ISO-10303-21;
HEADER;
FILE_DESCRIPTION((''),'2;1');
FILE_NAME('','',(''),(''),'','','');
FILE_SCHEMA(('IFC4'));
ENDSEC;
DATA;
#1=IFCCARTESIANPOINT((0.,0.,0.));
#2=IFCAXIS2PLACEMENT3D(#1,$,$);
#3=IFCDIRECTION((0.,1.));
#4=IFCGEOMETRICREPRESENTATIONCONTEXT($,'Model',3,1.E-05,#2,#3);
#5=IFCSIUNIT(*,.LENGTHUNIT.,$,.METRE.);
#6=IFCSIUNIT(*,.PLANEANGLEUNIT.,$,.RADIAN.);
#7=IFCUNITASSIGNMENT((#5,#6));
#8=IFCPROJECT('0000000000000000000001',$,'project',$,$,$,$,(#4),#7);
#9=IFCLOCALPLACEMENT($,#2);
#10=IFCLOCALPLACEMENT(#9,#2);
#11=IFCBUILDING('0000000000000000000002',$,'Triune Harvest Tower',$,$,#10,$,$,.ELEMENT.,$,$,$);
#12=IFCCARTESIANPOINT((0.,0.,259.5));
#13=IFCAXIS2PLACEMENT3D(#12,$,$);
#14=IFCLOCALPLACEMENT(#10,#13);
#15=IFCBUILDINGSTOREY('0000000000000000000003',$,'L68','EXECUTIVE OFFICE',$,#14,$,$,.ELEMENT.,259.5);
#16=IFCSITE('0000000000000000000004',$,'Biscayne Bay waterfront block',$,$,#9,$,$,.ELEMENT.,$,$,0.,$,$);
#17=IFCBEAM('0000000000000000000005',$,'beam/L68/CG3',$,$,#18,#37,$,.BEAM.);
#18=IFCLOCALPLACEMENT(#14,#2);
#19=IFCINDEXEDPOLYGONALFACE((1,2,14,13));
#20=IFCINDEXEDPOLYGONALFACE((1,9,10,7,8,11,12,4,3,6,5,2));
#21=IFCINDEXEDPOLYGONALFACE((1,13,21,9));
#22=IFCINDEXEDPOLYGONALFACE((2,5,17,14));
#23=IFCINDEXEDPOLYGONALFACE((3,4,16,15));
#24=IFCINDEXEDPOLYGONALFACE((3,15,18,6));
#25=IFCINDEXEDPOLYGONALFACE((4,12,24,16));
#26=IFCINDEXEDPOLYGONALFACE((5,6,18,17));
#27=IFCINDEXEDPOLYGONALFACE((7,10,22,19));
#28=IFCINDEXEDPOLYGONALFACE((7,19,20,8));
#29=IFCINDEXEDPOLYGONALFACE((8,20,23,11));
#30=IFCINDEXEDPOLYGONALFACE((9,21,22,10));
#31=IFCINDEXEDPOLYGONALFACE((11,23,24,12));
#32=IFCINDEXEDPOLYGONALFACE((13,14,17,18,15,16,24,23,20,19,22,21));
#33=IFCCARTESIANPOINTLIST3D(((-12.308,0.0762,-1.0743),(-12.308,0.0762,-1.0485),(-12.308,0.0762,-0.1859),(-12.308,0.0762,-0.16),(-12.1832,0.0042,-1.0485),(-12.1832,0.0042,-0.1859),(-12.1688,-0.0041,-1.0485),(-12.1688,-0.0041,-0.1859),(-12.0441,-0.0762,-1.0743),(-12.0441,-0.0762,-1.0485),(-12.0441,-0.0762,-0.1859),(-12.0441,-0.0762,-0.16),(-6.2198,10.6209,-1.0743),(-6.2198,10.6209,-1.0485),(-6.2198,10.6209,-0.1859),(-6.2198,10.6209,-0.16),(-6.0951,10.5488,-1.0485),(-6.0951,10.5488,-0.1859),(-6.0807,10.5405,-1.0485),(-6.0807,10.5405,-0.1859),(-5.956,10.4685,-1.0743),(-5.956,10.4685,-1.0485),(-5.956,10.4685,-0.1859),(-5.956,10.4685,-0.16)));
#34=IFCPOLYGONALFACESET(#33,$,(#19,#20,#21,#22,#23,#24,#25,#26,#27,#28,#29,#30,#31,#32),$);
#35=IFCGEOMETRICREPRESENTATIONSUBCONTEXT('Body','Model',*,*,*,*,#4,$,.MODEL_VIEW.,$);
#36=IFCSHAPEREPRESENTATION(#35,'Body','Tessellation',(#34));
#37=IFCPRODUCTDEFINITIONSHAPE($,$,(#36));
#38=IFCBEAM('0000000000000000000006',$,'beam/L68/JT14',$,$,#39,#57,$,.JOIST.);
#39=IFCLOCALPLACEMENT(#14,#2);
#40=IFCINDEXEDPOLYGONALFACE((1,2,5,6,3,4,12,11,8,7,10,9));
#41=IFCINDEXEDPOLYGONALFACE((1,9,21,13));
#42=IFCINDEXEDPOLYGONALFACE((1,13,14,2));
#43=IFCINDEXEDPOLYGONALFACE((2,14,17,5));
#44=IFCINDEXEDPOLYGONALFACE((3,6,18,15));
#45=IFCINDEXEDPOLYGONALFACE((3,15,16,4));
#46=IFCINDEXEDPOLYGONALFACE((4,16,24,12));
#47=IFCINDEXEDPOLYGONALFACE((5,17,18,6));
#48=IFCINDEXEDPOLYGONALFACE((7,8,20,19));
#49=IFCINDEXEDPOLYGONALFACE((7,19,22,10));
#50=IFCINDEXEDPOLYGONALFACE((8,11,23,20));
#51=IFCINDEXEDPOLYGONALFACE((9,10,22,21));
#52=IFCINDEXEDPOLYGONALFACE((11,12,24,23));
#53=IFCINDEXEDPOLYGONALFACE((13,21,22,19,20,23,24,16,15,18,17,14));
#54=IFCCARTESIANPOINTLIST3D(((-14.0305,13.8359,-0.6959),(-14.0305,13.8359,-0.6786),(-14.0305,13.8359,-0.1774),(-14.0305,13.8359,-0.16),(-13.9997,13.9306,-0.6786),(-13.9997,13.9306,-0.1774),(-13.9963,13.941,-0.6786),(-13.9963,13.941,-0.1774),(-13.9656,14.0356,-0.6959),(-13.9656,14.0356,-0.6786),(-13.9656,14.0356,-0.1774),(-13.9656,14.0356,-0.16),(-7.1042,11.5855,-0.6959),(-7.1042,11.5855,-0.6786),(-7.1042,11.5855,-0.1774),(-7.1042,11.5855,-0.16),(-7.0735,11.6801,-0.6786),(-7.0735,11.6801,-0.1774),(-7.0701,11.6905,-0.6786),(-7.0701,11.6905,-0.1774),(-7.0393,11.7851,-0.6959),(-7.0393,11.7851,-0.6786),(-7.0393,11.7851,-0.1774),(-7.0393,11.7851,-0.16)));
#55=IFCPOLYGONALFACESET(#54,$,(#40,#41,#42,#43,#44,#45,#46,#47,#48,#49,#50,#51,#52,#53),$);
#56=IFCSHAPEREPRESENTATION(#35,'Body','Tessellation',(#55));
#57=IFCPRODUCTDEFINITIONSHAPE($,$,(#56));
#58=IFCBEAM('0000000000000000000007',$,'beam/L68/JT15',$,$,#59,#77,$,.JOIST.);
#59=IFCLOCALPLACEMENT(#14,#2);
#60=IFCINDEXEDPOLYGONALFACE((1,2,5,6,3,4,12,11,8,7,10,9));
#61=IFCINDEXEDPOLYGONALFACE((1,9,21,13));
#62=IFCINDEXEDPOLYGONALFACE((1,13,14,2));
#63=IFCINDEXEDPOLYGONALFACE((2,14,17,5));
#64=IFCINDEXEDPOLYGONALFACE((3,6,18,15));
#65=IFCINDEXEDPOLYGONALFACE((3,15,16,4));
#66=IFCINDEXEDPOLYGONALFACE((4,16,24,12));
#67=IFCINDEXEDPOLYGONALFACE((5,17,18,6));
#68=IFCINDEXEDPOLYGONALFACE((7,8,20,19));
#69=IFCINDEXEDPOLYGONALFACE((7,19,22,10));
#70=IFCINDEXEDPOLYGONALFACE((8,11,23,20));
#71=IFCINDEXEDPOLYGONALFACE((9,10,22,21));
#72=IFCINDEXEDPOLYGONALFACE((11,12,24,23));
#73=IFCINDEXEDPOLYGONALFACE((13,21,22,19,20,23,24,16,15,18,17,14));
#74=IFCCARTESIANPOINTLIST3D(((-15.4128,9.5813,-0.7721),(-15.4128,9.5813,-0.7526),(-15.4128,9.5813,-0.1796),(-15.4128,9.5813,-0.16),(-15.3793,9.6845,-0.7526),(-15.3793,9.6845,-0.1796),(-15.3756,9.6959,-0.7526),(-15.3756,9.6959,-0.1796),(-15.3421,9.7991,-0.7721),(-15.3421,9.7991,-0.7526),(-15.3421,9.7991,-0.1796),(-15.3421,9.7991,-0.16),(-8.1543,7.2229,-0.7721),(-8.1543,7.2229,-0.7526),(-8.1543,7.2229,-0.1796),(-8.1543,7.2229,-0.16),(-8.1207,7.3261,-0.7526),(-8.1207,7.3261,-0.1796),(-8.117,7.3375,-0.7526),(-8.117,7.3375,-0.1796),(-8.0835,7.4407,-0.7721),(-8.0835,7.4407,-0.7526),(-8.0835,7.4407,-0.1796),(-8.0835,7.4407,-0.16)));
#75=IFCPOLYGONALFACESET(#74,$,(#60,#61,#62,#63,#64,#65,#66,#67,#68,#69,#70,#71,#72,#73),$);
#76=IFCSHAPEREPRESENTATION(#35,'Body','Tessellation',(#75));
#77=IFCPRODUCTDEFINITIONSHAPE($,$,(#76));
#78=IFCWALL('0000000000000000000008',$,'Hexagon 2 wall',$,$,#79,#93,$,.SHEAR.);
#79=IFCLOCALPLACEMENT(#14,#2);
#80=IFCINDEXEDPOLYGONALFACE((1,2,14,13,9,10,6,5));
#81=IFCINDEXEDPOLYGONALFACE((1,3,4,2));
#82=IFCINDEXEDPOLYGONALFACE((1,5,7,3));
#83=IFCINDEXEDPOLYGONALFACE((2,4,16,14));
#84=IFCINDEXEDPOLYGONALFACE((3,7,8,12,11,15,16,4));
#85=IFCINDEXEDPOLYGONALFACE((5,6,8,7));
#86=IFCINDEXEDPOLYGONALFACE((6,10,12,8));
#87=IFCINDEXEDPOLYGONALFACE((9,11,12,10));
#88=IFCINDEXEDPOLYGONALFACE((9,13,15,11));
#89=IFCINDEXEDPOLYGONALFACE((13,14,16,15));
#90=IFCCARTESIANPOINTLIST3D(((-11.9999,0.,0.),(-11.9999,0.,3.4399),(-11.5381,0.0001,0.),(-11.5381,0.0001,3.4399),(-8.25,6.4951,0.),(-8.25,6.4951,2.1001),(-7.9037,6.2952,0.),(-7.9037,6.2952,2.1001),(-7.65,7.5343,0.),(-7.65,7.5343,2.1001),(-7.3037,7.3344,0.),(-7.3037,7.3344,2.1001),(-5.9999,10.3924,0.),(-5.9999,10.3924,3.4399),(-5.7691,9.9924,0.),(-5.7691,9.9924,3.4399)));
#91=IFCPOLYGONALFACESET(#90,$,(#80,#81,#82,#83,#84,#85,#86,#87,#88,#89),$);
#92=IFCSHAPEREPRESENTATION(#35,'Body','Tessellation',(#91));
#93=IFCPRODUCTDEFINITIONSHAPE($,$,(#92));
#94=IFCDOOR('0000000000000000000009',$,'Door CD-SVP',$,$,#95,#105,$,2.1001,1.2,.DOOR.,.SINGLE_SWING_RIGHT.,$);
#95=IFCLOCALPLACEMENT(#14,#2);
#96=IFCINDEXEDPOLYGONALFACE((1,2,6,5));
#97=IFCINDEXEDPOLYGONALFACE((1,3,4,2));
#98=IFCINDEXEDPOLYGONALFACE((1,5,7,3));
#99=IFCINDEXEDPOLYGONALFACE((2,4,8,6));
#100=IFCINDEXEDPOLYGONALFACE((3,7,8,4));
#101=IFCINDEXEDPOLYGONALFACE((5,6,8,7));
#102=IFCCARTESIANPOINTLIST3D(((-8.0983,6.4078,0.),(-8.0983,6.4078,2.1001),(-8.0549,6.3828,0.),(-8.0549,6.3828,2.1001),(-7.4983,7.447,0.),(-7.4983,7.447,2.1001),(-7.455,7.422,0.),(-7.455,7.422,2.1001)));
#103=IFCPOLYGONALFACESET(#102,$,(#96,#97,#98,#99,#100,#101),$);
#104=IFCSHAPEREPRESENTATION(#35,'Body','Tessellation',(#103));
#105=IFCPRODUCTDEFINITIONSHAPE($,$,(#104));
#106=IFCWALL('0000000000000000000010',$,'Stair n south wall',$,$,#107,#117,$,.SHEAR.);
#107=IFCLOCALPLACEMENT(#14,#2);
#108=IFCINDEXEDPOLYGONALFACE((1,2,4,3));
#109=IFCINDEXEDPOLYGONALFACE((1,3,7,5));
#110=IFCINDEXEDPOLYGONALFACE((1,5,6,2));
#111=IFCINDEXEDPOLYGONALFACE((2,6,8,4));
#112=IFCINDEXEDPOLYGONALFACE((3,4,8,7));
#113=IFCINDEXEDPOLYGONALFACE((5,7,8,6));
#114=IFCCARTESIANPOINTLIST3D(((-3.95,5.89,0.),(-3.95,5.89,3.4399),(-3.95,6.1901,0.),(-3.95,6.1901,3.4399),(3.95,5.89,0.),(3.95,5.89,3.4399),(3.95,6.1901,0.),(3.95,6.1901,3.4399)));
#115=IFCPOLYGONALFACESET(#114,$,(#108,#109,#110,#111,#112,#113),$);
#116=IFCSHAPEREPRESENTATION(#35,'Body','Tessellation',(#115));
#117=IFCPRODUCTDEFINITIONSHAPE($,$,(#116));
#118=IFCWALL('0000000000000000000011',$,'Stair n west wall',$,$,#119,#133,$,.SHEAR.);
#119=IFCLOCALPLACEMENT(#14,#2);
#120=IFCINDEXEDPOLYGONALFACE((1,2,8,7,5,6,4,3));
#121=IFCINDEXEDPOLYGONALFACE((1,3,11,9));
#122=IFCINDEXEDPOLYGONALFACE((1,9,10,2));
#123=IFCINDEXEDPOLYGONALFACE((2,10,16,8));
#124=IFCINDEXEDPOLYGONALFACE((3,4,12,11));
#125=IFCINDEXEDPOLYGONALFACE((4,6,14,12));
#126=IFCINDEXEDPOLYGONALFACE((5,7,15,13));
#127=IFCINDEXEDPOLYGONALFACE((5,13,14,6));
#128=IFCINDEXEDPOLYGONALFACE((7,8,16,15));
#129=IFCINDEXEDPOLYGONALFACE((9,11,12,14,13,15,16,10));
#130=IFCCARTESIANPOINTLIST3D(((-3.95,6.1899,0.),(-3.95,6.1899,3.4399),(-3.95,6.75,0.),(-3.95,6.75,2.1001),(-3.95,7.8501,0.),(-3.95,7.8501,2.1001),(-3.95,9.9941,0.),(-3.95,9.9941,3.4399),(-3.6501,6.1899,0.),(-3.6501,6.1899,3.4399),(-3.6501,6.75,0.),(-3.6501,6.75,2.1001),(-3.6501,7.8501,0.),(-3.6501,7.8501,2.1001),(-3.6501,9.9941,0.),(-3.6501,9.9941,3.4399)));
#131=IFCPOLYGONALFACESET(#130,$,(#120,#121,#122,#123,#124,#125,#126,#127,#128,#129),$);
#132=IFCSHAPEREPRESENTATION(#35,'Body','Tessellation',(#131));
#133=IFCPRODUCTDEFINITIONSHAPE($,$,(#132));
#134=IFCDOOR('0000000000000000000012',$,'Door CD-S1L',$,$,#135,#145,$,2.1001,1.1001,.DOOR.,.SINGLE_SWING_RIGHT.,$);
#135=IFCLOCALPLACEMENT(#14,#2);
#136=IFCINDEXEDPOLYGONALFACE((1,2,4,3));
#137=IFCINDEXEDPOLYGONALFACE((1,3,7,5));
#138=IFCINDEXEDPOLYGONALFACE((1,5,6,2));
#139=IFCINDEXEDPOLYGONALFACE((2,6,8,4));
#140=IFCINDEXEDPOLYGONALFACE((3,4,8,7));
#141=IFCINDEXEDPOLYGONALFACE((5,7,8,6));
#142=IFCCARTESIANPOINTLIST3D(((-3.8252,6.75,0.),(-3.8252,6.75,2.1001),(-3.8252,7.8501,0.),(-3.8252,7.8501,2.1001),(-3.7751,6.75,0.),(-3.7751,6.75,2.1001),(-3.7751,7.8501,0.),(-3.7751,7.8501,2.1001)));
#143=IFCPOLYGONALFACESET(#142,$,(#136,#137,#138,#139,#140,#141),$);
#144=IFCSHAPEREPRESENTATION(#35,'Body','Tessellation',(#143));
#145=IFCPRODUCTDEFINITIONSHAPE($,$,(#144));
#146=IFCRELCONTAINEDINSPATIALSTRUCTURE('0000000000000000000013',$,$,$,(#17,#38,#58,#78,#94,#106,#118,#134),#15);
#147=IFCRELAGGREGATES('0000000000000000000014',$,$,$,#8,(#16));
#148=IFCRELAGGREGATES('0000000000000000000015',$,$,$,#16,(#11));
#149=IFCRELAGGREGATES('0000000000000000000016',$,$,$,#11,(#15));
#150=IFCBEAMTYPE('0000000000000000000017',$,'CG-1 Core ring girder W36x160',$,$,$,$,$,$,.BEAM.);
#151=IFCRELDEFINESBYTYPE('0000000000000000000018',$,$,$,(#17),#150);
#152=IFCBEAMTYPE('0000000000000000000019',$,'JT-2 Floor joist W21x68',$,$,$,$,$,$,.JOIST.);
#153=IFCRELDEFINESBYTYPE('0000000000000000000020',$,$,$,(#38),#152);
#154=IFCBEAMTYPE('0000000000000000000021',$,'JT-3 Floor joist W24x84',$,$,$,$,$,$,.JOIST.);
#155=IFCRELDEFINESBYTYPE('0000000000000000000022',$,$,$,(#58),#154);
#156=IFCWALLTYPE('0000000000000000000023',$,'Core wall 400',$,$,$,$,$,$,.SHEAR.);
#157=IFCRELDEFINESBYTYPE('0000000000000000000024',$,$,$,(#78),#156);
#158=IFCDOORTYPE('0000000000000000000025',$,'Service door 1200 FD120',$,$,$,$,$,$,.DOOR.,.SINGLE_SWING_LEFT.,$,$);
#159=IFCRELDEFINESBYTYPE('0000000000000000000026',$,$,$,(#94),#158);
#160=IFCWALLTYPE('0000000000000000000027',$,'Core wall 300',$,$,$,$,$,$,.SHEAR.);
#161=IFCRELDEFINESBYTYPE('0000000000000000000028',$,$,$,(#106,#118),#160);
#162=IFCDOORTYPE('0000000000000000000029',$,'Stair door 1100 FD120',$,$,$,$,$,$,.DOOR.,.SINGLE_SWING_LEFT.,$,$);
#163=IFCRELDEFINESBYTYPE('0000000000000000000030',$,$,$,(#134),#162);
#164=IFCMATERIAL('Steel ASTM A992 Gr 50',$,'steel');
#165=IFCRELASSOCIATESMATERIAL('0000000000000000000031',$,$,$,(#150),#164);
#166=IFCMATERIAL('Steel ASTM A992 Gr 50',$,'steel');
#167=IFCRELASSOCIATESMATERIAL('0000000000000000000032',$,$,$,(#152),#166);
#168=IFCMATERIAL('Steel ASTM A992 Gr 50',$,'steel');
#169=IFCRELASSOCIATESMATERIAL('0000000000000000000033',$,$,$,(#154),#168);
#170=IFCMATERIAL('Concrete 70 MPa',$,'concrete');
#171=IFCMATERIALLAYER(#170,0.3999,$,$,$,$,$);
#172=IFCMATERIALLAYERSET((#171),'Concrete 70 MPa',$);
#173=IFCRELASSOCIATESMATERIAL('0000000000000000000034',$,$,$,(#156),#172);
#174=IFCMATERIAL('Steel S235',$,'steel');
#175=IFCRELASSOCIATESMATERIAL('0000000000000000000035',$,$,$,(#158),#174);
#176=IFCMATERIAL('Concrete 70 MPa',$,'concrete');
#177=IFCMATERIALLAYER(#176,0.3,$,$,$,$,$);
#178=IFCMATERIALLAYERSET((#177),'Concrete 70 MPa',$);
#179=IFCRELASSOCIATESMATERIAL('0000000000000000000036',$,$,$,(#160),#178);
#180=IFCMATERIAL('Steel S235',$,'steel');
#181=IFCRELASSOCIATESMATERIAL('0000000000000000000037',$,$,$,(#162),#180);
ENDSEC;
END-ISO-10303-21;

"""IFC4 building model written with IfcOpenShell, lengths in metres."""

from ifc_helpers import new_model, si_unit, direction, frame, frame_2d, origin, origin_2d, place, context, subcontext, project, spatial, polyline, rectangle, i_section, outline, extrude, source, transform, mapped, material, layer, layer_set, material_profile, profile_set, type_object, element, fill, save


model = new_model("IFC4")

# Units and contexts
model_context = context("Model", 3, precision=1e-05, world=origin(), true_north=direction((0.0, 1.0)))
body_context = subcontext(model_context, "Body", "Model", "MODEL_VIEW")
ifc_project = project(units=[si_unit("LENGTHUNIT", "METRE"), si_unit("PLANEANGLEUNIT", "RADIAN")], contexts=[model_context])

# Site, building, storey
site_placement = place(None, origin())
site = spatial("IfcSite", under=ifc_project, at=site_placement, Name="Biscayne Bay waterfront block", CompositionType="ELEMENT", RefElevation=0.0)
building_placement = place(site_placement, origin())
building = spatial("IfcBuilding", under=site, at=building_placement, Name="Triune Harvest Tower", CompositionType="ELEMENT")
storey_placement = place(building_placement, frame((0.0, 0.0, 259.5)))
storey = spatial("IfcBuildingStorey", under=building, at=storey_placement, Name="L68", Description="EXECUTIVE OFFICE", CompositionType="ELEMENT", Elevation=259.5)

# Beams
ifc_material_1 = material(Name="Steel ASTM A992 Gr 50", Category="steel")
ifc_material_profile_1 = material_profile(ifc_material_1, i_section(OverallWidth=0.3047, OverallDepth=0.9143, WebThickness=0.0166, FlangeThickness=0.0259, at=origin_2d()), Name="W36x160")
ifc_profile_set_1 = profile_set([ifc_material_profile_1], Name="Steel ASTM A992 Gr 50")
beam_type_1 = type_object("IfcBeamType", Name="CG-1 Core ring girder W36x160", PredefinedType="BEAM", material=ifc_profile_set_1)
shared_shape_1 = source(origin(), body_context, "Body", "SweptSolid", [
    extrude(i_section(OverallWidth=0.3047, OverallDepth=0.9143, WebThickness=0.0166, FlangeThickness=0.0259, at=origin_2d()), origin(), (0.0, 0.0, 1.0), 12.176),
])
beam_1_placement = place(storey_placement, frame((-6.0879, 10.5447, -0.6172), z_axis=(-0.50001, -0.86602, 0.0), x_axis=(0.86602, -0.50001, 0.0)))
element("IfcBeam", 1, at=beam_1_placement, inside=storey, type_object=beam_type_1, Name="beam/L68/CG3", PredefinedType="BEAM", context=body_context, shape_type="MappedRepresentation", body=[
    mapped(shared_shape_1, transform((0.0, 0.0, 0.0), scale=1.0)),
])
ifc_material_2 = material(Name="Steel ASTM A992 Gr 50", Category="steel")
ifc_material_profile_2 = material_profile(ifc_material_2, i_section(OverallWidth=0.21, OverallDepth=0.5359, WebThickness=0.011, FlangeThickness=0.0173, at=origin_2d()), Name="W21x68")
ifc_profile_set_2 = profile_set([ifc_material_profile_2], Name="Steel ASTM A992 Gr 50")
beam_type_2 = type_object("IfcBeamType", Name="JT-2 Floor joist W21x68", PredefinedType="JOIST", material=ifc_profile_set_2)
shared_shape_2 = source(origin(), body_context, "Body", "SweptSolid", [
    extrude(i_section(OverallWidth=0.21, OverallDepth=0.5359, WebThickness=0.011, FlangeThickness=0.0173, at=origin_2d()), origin(), (0.0, 0.0, 1.0), 7.2827),
])
beam_2_placement = place(storey_placement, frame((-13.998, 13.9358, -0.428), z_axis=(0.951056, -0.309018, 0.0), x_axis=(0.309018, 0.951056, 0.0)))
element("IfcBeam", 2, at=beam_2_placement, inside=storey, type_object=beam_type_2, Name="beam/L68/JT14", PredefinedType="JOIST", context=body_context, shape_type="MappedRepresentation", body=[
    mapped(shared_shape_2, transform((0.0, 0.0, 0.0), scale=1.0)),
])
ifc_material_3 = material(Name="Steel ASTM A992 Gr 50", Category="steel")
ifc_material_profile_3 = material_profile(ifc_material_3, i_section(OverallWidth=0.229, OverallDepth=0.6121, WebThickness=0.012, FlangeThickness=0.0195, at=origin_2d()), Name="W24x84")
ifc_profile_set_3 = profile_set([ifc_material_profile_3], Name="Steel ASTM A992 Gr 50")
beam_type_3 = type_object("IfcBeamType", Name="JT-3 Floor joist W24x84", PredefinedType="JOIST", material=ifc_profile_set_3)
shared_shape_3 = source(origin(), body_context, "Body", "SweptSolid", [
    extrude(i_section(OverallWidth=0.229, OverallDepth=0.6121, WebThickness=0.012, FlangeThickness=0.0195, at=origin_2d()), origin(), (0.0, 0.0, 1.0), 7.6321),
])
beam_3_placement = place(storey_placement, frame((-15.3774, 9.6902, -0.4661), z_axis=(0.951058, -0.309012, 0.0), x_axis=(0.309012, 0.951058, 0.0)))
element("IfcBeam", 3, at=beam_3_placement, inside=storey, type_object=beam_type_3, Name="beam/L68/JT15", PredefinedType="JOIST", context=body_context, shape_type="MappedRepresentation", body=[
    mapped(shared_shape_3, transform((0.0, 0.0, 0.0), scale=1.0)),
])

# Wall, opening, door
ifc_material_4 = material(Name="Concrete 70 MPa", Category="concrete")
ifc_layer_1 = layer(ifc_material_4, 0.3999)
ifc_layer_set_1 = layer_set([ifc_layer_1], Name="Concrete 70 MPa")
wall_type_1 = type_object("IfcWallType", Name="Core wall 400", PredefinedType="SHEAR", material=ifc_layer_set_1)
shared_shape_4 = source(origin(), body_context, "Body", "SweptSolid", [
    extrude(outline(polyline([(-0.1155, -0.2), (11.8845, -0.2), (11.6536, 0.2), (0.1155, 0.2), (-0.1155, -0.2)])), origin(), (0.0, 0.0, 1.0), 3.4399),
])
wall_1_placement = place(storey_placement, frame((-5.8845, 10.1924, 0.0), z_axis=(0.0, 0.0, 1.0), x_axis=(-0.499997, -0.866027, 0.0)))
wall_1 = element("IfcWall", 4, at=wall_1_placement, inside=storey, type_object=wall_type_1, Name="Hexagon 2 wall", PredefinedType="SHEAR", context=body_context, shape_type="MappedRepresentation", body=[
    mapped(shared_shape_4, transform((0.0, 0.0, 0.0), scale=1.0)),
])
opening_1_placement = place(wall_1_placement, frame((3.1846, 0.0, 0.0)))
opening_1 = element("IfcOpeningElement", 5, at=opening_1_placement, cuts=wall_1, PredefinedType="OPENING", context=body_context, shape_type="SweptSolid", body=[
    extrude(rectangle(XDim=1.2, YDim=2.1001, at=frame_2d((0.6001, 1.05))), frame((0.0, 0.21, 0.0), z_axis=(0.0, -1.0, 0.0), x_axis=(1.0, 0.0, 0.0)), (0.0, 0.0, 1.0), 0.4199),
])
ifc_material_5 = material(Name="Steel S235", Category="steel")
door_type_1 = type_object("IfcDoorType", Name="Service door 1200 FD120", OperationType="SINGLE_SWING_LEFT", PredefinedType="DOOR", material=ifc_material_5)
door_1_placement = place(opening_1_placement, frame((1.2, 0.0, 0.0), z_axis=(0.0, 0.0, 1.0), x_axis=(-1.0, 0.0, 0.0)))
door_1 = element("IfcDoor", 6, at=door_1_placement, inside=storey, type_object=door_type_1, Name="Door CD-SVP", OperationType="SINGLE_SWING_RIGHT", OverallHeight=2.1001, OverallWidth=1.2, PredefinedType="DOOR", context=body_context, shape_type="SweptSolid", body=[
    extrude(rectangle(XDim=1.2, YDim=2.1001, at=frame_2d((0.6001, 1.05))), frame((0.0, 0.0249, 0.0), z_axis=(0.0, -1.0, 0.0), x_axis=(1.0, 0.0, 0.0)), (0.0, 0.0, 1.0), 0.05),
])
fill(opening_1, door_1)

# Wall
ifc_material_6 = material(Name="Concrete 70 MPa", Category="concrete")
ifc_layer_2 = layer(ifc_material_6, 0.3)
ifc_layer_set_2 = layer_set([ifc_layer_2], Name="Concrete 70 MPa")
wall_type_2 = type_object("IfcWallType", Name="Core wall 300", PredefinedType="SHEAR", material=ifc_layer_set_2)
shared_shape_5 = source(origin(), body_context, "Body", "SweptSolid", [
    extrude(rectangle(XDim=7.8999, YDim=0.3, at=frame_2d((3.95, 0.0))), origin(), (0.0, 0.0, 1.0), 3.4399),
])
wall_2_placement = place(storey_placement, frame((-3.95, 6.04, 0.0), z_axis=(0.0, 0.0, 1.0), x_axis=(1.0, 0.0, 0.0)))
element("IfcWall", 7, at=wall_2_placement, inside=storey, type_object=wall_type_2, Name="Stair n south wall", PredefinedType="SHEAR", context=body_context, shape_type="MappedRepresentation", body=[
    mapped(shared_shape_5, transform((0.0, 0.0, 0.0), scale=1.0)),
])

# Wall, opening, door
shared_shape_6 = source(origin(), body_context, "Body", "SweptSolid", [
    extrude(outline(polyline([(0.0, -0.1499), (0.0, 0.1499), (3.8042, 0.1499), (3.8042, -0.1499), (0.0, -0.1499)])), origin(), (0.0, 0.0, 1.0), 3.4399),
])
wall_3_placement = place(storey_placement, frame((-3.8, 6.1899, 0.0), z_axis=(0.0, 0.0, 1.0), x_axis=(0.0, 1.0, 0.0)))
wall_3 = element("IfcWall", 8, at=wall_3_placement, inside=storey, type_object=wall_type_2, Name="Stair n west wall", PredefinedType="SHEAR", context=body_context, shape_type="MappedRepresentation", body=[
    mapped(shared_shape_6, transform((0.0, 0.0, 0.0), scale=1.0)),
])
opening_2_placement = place(wall_3_placement, frame((0.5601, 0.0, 0.0)))
opening_2 = element("IfcOpeningElement", 9, at=opening_2_placement, cuts=wall_3, PredefinedType="OPENING", context=body_context, shape_type="SweptSolid", body=[
    extrude(rectangle(XDim=1.1001, YDim=2.1001, at=frame_2d((0.55, 1.05))), frame((0.0, 0.1602, 0.0), z_axis=(0.0, -1.0, 0.0), x_axis=(1.0, 0.0, 0.0)), (0.0, 0.0, 1.0), 0.3201),
])
ifc_material_7 = material(Name="Steel S235", Category="steel")
door_type_2 = type_object("IfcDoorType", Name="Stair door 1100 FD120", OperationType="SINGLE_SWING_LEFT", PredefinedType="DOOR", material=ifc_material_7)
door_2_placement = place(opening_2_placement, frame((1.1001, 0.0, 0.0), z_axis=(0.0, 0.0, 1.0), x_axis=(-1.0, 0.0, 0.0)))
door_2 = element("IfcDoor", 10, at=door_2_placement, inside=storey, type_object=door_type_2, Name="Door CD-S1L", OperationType="SINGLE_SWING_RIGHT", OverallHeight=2.1001, OverallWidth=1.1001, PredefinedType="DOOR", context=body_context, shape_type="SweptSolid", body=[
    extrude(rectangle(XDim=1.1001, YDim=2.1001, at=frame_2d((0.55, 1.05))), frame((0.0, 0.0249, 0.0), z_axis=(0.0, -1.0, 0.0), x_axis=(1.0, 0.0, 0.0)), (0.0, 0.0, 1.0), 0.05),
])
fill(opening_2, door_2)

save(model, "model.ifc")
